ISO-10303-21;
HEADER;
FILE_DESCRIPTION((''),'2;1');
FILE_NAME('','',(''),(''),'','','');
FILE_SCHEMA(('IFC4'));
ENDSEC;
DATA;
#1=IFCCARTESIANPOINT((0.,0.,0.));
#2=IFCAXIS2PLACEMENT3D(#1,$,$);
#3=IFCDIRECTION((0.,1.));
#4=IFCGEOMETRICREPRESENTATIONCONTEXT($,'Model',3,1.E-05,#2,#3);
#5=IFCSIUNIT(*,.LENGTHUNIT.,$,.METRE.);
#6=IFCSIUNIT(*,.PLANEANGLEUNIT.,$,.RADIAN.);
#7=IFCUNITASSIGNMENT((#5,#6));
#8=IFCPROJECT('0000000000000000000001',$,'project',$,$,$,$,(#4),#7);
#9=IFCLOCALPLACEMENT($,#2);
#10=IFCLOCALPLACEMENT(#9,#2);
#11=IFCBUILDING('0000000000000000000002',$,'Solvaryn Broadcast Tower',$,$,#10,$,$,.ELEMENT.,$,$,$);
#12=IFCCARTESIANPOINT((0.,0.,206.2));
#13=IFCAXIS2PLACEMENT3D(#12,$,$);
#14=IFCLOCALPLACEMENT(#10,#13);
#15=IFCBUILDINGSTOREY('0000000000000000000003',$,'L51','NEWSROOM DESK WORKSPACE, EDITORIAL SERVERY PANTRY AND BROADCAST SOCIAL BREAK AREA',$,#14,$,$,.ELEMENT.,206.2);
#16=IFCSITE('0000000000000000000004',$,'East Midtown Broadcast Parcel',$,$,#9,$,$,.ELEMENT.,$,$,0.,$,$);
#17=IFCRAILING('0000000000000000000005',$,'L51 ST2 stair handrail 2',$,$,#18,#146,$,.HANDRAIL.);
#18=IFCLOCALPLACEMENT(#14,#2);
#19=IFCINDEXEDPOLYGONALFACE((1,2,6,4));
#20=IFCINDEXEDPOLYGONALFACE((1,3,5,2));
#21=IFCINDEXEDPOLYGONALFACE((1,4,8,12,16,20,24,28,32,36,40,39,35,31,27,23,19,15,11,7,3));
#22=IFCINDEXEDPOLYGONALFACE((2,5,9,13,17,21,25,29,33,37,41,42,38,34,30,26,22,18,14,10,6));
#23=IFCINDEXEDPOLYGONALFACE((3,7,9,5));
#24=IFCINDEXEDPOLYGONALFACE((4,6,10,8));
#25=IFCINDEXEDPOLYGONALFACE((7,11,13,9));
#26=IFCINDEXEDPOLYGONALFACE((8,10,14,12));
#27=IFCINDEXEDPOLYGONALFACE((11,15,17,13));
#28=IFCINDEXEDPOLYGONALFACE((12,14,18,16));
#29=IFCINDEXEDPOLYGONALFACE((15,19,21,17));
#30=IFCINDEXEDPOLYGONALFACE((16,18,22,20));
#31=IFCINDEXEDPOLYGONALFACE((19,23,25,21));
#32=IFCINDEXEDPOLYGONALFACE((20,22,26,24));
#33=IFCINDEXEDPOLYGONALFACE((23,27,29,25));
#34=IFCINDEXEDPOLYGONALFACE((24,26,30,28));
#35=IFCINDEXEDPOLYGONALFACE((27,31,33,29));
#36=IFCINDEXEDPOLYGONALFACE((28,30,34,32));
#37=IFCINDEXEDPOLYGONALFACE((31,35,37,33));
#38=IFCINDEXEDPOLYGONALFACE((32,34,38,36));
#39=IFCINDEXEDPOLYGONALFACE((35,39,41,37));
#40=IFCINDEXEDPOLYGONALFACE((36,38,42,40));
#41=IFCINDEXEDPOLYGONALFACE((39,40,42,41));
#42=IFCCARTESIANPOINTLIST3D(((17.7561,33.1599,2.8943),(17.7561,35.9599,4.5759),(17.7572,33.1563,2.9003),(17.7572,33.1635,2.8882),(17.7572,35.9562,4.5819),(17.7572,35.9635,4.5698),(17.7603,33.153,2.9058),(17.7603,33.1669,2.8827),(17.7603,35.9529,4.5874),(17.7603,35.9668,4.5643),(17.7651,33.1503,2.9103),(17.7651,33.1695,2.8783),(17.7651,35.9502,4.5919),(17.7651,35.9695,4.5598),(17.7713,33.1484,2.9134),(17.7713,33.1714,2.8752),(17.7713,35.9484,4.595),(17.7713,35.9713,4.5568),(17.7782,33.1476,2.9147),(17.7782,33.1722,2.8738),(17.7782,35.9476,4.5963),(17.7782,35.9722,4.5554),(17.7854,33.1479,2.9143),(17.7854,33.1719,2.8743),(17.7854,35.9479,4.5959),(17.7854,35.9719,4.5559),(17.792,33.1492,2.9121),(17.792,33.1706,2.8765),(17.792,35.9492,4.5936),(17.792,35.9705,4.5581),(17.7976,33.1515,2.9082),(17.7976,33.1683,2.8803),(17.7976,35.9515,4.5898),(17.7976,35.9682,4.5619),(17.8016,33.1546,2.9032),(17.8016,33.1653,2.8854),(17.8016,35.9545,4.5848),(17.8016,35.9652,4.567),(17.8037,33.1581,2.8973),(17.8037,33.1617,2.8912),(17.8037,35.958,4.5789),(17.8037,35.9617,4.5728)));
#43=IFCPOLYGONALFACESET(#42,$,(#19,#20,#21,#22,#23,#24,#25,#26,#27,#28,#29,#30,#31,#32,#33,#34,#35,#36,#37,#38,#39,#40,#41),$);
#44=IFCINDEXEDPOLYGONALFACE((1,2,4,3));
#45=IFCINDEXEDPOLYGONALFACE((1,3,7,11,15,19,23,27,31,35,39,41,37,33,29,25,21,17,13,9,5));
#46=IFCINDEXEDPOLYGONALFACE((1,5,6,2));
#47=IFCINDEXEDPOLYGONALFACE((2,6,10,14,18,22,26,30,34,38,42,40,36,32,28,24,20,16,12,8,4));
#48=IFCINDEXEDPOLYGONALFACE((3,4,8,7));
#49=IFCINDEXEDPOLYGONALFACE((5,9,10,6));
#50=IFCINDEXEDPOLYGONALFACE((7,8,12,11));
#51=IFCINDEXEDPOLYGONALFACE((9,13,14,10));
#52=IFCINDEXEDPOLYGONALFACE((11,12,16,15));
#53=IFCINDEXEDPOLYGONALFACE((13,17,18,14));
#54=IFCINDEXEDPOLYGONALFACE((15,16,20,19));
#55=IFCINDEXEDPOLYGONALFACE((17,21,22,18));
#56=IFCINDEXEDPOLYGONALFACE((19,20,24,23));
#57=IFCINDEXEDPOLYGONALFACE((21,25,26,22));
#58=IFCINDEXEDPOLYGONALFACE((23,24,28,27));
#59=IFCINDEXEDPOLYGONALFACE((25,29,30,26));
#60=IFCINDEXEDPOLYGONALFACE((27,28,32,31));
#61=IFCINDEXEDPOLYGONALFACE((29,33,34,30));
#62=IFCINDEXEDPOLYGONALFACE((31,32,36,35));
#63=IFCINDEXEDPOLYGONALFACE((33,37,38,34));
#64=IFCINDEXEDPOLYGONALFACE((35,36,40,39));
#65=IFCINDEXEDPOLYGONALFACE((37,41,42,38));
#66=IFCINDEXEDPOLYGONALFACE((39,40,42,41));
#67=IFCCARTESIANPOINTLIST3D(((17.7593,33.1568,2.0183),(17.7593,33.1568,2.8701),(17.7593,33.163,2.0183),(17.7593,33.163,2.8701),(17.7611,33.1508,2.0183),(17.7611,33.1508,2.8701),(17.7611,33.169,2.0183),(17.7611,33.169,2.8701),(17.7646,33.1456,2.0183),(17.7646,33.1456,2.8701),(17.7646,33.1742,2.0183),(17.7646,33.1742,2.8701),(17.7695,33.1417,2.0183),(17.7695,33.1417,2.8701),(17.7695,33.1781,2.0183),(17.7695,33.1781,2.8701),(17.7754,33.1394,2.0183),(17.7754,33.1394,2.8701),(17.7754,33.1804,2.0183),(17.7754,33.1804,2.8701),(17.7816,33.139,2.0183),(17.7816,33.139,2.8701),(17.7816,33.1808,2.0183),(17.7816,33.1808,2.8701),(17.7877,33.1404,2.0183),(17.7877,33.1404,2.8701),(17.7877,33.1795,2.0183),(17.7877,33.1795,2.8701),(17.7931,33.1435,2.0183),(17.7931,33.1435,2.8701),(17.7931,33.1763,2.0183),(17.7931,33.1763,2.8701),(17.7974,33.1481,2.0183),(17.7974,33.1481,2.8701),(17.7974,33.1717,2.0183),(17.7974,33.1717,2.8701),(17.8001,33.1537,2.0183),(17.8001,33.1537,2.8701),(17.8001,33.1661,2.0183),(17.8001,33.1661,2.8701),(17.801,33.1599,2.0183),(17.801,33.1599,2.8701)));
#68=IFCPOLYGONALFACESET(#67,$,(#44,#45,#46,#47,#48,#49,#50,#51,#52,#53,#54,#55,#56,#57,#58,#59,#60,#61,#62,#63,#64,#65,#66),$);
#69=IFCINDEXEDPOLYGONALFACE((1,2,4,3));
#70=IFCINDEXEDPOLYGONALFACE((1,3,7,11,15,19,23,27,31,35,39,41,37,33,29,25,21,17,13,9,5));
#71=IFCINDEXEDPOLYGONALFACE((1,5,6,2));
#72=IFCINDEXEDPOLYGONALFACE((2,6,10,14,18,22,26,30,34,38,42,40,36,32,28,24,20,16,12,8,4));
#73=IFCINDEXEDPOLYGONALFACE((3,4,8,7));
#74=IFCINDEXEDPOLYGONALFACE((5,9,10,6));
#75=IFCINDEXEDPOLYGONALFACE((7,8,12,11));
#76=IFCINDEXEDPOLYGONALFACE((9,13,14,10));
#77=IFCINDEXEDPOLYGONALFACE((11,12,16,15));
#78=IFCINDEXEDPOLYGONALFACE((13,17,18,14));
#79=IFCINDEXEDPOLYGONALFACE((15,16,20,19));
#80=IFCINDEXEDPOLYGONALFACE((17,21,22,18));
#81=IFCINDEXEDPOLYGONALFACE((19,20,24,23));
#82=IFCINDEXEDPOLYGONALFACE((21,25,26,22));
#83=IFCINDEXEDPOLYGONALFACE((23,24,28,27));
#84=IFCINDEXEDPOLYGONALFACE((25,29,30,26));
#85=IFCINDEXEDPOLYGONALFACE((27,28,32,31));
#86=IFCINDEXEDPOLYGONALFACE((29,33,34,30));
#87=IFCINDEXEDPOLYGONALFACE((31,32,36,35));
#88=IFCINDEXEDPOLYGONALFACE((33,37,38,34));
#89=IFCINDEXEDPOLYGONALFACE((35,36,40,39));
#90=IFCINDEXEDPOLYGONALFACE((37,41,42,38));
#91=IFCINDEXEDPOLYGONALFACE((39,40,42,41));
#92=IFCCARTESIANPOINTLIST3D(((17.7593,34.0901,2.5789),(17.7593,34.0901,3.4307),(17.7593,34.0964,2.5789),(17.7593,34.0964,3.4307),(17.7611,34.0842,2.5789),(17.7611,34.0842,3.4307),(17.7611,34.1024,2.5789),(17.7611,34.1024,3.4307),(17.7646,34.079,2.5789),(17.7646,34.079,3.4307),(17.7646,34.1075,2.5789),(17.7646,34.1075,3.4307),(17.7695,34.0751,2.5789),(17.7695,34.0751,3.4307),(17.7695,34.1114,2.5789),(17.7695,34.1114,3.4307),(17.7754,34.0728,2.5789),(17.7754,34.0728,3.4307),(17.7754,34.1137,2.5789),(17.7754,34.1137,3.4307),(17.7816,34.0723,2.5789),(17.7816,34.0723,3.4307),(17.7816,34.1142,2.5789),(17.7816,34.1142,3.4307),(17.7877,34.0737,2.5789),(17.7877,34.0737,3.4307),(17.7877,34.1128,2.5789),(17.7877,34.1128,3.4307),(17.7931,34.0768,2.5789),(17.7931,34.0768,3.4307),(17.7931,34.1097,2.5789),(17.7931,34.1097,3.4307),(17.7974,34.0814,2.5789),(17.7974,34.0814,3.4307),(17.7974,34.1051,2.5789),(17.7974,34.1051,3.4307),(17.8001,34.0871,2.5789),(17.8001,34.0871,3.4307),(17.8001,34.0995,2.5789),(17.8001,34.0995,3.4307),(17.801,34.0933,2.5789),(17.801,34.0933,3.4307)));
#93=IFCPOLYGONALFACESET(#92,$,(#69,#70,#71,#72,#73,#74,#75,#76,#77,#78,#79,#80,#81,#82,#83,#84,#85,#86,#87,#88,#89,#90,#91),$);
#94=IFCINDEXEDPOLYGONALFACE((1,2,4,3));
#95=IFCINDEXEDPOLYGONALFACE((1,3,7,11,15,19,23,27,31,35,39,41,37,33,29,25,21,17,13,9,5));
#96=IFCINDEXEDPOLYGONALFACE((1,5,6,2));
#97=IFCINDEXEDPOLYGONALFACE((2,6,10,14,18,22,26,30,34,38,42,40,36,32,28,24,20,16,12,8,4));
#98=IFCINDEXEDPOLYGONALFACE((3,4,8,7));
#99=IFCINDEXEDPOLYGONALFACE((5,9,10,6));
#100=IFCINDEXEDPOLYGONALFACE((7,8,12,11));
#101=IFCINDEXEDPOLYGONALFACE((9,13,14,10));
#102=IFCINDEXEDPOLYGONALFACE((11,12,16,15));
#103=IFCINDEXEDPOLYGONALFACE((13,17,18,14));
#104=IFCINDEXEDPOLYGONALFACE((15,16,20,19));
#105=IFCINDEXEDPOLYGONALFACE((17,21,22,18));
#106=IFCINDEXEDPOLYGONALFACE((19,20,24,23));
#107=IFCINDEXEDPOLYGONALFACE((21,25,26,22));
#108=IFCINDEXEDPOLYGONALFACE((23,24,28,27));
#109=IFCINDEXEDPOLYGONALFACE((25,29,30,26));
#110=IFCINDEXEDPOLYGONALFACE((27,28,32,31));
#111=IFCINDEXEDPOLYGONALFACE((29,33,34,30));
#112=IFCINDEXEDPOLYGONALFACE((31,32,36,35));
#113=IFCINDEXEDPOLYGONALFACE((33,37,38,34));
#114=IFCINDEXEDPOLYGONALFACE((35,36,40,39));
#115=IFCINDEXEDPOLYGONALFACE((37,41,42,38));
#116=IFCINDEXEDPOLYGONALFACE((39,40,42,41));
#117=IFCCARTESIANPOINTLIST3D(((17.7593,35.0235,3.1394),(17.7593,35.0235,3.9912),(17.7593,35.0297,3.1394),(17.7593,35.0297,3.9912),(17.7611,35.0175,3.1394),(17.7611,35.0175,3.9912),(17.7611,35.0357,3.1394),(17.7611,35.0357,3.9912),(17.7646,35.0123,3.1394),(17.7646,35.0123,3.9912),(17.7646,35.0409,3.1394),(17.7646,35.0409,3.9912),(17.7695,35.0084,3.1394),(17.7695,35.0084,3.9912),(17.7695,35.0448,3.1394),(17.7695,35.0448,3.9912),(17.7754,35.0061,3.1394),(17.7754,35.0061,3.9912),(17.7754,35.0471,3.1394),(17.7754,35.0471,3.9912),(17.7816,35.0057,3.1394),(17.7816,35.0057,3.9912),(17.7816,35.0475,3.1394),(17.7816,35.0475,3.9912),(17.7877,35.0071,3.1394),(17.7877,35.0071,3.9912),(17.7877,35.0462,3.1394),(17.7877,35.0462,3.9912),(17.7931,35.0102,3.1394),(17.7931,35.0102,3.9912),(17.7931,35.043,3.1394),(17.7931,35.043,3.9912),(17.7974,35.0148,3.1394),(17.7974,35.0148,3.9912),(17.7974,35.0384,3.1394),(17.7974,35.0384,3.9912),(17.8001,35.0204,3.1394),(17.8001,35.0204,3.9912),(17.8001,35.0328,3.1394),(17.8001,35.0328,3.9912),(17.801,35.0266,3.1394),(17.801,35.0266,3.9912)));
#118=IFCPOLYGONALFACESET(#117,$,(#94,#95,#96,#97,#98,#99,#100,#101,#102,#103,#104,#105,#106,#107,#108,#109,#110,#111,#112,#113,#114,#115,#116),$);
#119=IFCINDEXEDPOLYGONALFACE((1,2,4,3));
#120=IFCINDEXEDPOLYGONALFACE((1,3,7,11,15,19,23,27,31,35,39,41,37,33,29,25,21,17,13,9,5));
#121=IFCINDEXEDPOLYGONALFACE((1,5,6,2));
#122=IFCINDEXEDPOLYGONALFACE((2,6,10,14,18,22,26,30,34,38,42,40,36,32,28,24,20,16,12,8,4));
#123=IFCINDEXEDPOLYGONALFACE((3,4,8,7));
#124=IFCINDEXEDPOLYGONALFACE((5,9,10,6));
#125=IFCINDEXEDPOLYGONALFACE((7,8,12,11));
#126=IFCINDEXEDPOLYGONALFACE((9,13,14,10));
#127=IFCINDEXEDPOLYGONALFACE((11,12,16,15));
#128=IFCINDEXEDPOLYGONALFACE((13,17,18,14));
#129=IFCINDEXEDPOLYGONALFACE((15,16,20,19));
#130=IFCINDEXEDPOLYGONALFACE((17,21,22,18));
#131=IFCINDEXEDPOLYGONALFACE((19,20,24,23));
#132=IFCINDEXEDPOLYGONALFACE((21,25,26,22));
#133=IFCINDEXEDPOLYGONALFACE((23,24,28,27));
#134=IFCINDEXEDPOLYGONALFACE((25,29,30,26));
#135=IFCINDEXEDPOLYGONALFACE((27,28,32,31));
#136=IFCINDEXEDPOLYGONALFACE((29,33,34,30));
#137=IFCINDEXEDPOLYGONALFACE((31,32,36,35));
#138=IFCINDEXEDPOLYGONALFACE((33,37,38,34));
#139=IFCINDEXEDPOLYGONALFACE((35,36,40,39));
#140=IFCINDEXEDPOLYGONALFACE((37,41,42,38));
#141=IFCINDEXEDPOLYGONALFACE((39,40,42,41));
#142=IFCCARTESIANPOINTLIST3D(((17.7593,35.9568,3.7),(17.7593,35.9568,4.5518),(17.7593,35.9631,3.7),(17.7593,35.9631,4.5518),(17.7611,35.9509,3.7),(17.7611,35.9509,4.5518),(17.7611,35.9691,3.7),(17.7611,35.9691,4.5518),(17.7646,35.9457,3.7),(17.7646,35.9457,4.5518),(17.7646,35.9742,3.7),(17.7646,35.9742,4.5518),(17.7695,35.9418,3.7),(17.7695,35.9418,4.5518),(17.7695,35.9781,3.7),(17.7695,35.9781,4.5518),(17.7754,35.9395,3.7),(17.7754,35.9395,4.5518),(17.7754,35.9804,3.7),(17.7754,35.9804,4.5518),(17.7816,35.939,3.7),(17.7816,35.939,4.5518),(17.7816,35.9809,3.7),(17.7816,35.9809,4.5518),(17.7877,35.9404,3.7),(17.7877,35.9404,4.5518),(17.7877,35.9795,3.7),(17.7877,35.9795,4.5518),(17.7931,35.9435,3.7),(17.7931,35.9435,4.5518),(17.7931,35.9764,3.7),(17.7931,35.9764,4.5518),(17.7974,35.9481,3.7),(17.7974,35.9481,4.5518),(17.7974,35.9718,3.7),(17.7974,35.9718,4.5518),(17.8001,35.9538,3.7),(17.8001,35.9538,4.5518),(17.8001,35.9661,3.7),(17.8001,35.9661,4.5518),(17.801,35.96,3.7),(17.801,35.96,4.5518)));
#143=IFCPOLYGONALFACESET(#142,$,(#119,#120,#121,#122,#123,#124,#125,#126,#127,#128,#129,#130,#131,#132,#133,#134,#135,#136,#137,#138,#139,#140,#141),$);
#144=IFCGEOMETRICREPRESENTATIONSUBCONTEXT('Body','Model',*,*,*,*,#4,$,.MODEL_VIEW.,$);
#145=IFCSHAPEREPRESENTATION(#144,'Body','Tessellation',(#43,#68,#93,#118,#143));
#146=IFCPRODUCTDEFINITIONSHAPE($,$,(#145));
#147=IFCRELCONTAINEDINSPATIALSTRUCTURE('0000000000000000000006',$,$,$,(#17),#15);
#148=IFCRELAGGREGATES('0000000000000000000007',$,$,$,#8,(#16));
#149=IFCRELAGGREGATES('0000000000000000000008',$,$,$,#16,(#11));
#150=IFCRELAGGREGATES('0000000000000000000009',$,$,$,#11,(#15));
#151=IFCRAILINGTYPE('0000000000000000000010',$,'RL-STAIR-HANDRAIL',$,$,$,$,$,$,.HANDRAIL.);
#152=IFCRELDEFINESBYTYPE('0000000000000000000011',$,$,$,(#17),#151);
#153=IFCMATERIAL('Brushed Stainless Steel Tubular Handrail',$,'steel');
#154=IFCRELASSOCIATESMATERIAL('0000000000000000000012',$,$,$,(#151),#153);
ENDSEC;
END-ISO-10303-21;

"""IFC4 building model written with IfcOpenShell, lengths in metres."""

from ifc_helpers import new_model, si_unit, direction, frame, origin, origin_2d, place, context, subcontext, project, spatial, circle, extrude, material, type_object, element, save


model = new_model("IFC4")

# Units and contexts
model_context = context("Model", 3, precision=1e-05, world=origin(), true_north=direction((0.0, 1.0)))
body_context = subcontext(model_context, "Body", "Model", "MODEL_VIEW")
ifc_project = project(units=[si_unit("LENGTHUNIT", "METRE"), si_unit("PLANEANGLEUNIT", "RADIAN")], contexts=[model_context])

# Site, building, storey
site_placement = place(None, origin())
site = spatial("IfcSite", under=ifc_project, at=site_placement, Name="East Midtown Broadcast Parcel", CompositionType="ELEMENT", RefElevation=0.0)
building_placement = place(site_placement, origin())
building = spatial("IfcBuilding", under=site, at=building_placement, Name="Solvaryn Broadcast Tower", CompositionType="ELEMENT")
storey_placement = place(building_placement, frame((0.0, 0.0, 206.2)))
storey = spatial("IfcBuildingStorey", under=building, at=storey_placement, Name="L51", Description="NEWSROOM DESK WORKSPACE, EDITORIAL SERVERY PANTRY AND BROADCAST SOCIAL BREAK AREA", CompositionType="ELEMENT", Elevation=206.2)

# Railing
ifc_material_1 = material(Name="Brushed Stainless Steel Tubular Handrail", Category="steel")
railing_type_1 = type_object("IfcRailingType", Name="RL-STAIR-HANDRAIL", PredefinedType="HANDRAIL", material=ifc_material_1)
railing_1_placement = place(storey_placement, frame((17.78, 33.1599, 2.0183)))
element("IfcRailing", 1, at=railing_1_placement, inside=storey, type_object=railing_type_1, Name="L51 ST2 stair handrail 2", PredefinedType="HANDRAIL", context=body_context, shape_type="SweptSolid", body=[
    extrude(circle(Radius=0.0239, at=origin_2d()), frame((0.0, 0.0, 0.876), z_axis=(0.0, 0.857275, 0.514858), x_axis=(-1.0, 0.0, 0.0)), (0.0, 0.0, 1.0), 3.2661),
    extrude(circle(Radius=0.021, at=origin_2d()), origin(), (0.0, 0.0, 1.0), 0.8518),
    extrude(circle(Radius=0.021, at=origin_2d()), frame((0.0, 0.9333, 0.5605)), (0.0, 0.0, 1.0), 0.8518),
    extrude(circle(Radius=0.021, at=origin_2d()), frame((0.0, 1.8667, 1.1211)), (0.0, 0.0, 1.0), 0.8518),
    extrude(circle(Radius=0.021, at=origin_2d()), frame((0.0, 2.8, 1.6816)), (0.0, 0.0, 1.0), 0.8518),
])

save(model, "model.ifc")
